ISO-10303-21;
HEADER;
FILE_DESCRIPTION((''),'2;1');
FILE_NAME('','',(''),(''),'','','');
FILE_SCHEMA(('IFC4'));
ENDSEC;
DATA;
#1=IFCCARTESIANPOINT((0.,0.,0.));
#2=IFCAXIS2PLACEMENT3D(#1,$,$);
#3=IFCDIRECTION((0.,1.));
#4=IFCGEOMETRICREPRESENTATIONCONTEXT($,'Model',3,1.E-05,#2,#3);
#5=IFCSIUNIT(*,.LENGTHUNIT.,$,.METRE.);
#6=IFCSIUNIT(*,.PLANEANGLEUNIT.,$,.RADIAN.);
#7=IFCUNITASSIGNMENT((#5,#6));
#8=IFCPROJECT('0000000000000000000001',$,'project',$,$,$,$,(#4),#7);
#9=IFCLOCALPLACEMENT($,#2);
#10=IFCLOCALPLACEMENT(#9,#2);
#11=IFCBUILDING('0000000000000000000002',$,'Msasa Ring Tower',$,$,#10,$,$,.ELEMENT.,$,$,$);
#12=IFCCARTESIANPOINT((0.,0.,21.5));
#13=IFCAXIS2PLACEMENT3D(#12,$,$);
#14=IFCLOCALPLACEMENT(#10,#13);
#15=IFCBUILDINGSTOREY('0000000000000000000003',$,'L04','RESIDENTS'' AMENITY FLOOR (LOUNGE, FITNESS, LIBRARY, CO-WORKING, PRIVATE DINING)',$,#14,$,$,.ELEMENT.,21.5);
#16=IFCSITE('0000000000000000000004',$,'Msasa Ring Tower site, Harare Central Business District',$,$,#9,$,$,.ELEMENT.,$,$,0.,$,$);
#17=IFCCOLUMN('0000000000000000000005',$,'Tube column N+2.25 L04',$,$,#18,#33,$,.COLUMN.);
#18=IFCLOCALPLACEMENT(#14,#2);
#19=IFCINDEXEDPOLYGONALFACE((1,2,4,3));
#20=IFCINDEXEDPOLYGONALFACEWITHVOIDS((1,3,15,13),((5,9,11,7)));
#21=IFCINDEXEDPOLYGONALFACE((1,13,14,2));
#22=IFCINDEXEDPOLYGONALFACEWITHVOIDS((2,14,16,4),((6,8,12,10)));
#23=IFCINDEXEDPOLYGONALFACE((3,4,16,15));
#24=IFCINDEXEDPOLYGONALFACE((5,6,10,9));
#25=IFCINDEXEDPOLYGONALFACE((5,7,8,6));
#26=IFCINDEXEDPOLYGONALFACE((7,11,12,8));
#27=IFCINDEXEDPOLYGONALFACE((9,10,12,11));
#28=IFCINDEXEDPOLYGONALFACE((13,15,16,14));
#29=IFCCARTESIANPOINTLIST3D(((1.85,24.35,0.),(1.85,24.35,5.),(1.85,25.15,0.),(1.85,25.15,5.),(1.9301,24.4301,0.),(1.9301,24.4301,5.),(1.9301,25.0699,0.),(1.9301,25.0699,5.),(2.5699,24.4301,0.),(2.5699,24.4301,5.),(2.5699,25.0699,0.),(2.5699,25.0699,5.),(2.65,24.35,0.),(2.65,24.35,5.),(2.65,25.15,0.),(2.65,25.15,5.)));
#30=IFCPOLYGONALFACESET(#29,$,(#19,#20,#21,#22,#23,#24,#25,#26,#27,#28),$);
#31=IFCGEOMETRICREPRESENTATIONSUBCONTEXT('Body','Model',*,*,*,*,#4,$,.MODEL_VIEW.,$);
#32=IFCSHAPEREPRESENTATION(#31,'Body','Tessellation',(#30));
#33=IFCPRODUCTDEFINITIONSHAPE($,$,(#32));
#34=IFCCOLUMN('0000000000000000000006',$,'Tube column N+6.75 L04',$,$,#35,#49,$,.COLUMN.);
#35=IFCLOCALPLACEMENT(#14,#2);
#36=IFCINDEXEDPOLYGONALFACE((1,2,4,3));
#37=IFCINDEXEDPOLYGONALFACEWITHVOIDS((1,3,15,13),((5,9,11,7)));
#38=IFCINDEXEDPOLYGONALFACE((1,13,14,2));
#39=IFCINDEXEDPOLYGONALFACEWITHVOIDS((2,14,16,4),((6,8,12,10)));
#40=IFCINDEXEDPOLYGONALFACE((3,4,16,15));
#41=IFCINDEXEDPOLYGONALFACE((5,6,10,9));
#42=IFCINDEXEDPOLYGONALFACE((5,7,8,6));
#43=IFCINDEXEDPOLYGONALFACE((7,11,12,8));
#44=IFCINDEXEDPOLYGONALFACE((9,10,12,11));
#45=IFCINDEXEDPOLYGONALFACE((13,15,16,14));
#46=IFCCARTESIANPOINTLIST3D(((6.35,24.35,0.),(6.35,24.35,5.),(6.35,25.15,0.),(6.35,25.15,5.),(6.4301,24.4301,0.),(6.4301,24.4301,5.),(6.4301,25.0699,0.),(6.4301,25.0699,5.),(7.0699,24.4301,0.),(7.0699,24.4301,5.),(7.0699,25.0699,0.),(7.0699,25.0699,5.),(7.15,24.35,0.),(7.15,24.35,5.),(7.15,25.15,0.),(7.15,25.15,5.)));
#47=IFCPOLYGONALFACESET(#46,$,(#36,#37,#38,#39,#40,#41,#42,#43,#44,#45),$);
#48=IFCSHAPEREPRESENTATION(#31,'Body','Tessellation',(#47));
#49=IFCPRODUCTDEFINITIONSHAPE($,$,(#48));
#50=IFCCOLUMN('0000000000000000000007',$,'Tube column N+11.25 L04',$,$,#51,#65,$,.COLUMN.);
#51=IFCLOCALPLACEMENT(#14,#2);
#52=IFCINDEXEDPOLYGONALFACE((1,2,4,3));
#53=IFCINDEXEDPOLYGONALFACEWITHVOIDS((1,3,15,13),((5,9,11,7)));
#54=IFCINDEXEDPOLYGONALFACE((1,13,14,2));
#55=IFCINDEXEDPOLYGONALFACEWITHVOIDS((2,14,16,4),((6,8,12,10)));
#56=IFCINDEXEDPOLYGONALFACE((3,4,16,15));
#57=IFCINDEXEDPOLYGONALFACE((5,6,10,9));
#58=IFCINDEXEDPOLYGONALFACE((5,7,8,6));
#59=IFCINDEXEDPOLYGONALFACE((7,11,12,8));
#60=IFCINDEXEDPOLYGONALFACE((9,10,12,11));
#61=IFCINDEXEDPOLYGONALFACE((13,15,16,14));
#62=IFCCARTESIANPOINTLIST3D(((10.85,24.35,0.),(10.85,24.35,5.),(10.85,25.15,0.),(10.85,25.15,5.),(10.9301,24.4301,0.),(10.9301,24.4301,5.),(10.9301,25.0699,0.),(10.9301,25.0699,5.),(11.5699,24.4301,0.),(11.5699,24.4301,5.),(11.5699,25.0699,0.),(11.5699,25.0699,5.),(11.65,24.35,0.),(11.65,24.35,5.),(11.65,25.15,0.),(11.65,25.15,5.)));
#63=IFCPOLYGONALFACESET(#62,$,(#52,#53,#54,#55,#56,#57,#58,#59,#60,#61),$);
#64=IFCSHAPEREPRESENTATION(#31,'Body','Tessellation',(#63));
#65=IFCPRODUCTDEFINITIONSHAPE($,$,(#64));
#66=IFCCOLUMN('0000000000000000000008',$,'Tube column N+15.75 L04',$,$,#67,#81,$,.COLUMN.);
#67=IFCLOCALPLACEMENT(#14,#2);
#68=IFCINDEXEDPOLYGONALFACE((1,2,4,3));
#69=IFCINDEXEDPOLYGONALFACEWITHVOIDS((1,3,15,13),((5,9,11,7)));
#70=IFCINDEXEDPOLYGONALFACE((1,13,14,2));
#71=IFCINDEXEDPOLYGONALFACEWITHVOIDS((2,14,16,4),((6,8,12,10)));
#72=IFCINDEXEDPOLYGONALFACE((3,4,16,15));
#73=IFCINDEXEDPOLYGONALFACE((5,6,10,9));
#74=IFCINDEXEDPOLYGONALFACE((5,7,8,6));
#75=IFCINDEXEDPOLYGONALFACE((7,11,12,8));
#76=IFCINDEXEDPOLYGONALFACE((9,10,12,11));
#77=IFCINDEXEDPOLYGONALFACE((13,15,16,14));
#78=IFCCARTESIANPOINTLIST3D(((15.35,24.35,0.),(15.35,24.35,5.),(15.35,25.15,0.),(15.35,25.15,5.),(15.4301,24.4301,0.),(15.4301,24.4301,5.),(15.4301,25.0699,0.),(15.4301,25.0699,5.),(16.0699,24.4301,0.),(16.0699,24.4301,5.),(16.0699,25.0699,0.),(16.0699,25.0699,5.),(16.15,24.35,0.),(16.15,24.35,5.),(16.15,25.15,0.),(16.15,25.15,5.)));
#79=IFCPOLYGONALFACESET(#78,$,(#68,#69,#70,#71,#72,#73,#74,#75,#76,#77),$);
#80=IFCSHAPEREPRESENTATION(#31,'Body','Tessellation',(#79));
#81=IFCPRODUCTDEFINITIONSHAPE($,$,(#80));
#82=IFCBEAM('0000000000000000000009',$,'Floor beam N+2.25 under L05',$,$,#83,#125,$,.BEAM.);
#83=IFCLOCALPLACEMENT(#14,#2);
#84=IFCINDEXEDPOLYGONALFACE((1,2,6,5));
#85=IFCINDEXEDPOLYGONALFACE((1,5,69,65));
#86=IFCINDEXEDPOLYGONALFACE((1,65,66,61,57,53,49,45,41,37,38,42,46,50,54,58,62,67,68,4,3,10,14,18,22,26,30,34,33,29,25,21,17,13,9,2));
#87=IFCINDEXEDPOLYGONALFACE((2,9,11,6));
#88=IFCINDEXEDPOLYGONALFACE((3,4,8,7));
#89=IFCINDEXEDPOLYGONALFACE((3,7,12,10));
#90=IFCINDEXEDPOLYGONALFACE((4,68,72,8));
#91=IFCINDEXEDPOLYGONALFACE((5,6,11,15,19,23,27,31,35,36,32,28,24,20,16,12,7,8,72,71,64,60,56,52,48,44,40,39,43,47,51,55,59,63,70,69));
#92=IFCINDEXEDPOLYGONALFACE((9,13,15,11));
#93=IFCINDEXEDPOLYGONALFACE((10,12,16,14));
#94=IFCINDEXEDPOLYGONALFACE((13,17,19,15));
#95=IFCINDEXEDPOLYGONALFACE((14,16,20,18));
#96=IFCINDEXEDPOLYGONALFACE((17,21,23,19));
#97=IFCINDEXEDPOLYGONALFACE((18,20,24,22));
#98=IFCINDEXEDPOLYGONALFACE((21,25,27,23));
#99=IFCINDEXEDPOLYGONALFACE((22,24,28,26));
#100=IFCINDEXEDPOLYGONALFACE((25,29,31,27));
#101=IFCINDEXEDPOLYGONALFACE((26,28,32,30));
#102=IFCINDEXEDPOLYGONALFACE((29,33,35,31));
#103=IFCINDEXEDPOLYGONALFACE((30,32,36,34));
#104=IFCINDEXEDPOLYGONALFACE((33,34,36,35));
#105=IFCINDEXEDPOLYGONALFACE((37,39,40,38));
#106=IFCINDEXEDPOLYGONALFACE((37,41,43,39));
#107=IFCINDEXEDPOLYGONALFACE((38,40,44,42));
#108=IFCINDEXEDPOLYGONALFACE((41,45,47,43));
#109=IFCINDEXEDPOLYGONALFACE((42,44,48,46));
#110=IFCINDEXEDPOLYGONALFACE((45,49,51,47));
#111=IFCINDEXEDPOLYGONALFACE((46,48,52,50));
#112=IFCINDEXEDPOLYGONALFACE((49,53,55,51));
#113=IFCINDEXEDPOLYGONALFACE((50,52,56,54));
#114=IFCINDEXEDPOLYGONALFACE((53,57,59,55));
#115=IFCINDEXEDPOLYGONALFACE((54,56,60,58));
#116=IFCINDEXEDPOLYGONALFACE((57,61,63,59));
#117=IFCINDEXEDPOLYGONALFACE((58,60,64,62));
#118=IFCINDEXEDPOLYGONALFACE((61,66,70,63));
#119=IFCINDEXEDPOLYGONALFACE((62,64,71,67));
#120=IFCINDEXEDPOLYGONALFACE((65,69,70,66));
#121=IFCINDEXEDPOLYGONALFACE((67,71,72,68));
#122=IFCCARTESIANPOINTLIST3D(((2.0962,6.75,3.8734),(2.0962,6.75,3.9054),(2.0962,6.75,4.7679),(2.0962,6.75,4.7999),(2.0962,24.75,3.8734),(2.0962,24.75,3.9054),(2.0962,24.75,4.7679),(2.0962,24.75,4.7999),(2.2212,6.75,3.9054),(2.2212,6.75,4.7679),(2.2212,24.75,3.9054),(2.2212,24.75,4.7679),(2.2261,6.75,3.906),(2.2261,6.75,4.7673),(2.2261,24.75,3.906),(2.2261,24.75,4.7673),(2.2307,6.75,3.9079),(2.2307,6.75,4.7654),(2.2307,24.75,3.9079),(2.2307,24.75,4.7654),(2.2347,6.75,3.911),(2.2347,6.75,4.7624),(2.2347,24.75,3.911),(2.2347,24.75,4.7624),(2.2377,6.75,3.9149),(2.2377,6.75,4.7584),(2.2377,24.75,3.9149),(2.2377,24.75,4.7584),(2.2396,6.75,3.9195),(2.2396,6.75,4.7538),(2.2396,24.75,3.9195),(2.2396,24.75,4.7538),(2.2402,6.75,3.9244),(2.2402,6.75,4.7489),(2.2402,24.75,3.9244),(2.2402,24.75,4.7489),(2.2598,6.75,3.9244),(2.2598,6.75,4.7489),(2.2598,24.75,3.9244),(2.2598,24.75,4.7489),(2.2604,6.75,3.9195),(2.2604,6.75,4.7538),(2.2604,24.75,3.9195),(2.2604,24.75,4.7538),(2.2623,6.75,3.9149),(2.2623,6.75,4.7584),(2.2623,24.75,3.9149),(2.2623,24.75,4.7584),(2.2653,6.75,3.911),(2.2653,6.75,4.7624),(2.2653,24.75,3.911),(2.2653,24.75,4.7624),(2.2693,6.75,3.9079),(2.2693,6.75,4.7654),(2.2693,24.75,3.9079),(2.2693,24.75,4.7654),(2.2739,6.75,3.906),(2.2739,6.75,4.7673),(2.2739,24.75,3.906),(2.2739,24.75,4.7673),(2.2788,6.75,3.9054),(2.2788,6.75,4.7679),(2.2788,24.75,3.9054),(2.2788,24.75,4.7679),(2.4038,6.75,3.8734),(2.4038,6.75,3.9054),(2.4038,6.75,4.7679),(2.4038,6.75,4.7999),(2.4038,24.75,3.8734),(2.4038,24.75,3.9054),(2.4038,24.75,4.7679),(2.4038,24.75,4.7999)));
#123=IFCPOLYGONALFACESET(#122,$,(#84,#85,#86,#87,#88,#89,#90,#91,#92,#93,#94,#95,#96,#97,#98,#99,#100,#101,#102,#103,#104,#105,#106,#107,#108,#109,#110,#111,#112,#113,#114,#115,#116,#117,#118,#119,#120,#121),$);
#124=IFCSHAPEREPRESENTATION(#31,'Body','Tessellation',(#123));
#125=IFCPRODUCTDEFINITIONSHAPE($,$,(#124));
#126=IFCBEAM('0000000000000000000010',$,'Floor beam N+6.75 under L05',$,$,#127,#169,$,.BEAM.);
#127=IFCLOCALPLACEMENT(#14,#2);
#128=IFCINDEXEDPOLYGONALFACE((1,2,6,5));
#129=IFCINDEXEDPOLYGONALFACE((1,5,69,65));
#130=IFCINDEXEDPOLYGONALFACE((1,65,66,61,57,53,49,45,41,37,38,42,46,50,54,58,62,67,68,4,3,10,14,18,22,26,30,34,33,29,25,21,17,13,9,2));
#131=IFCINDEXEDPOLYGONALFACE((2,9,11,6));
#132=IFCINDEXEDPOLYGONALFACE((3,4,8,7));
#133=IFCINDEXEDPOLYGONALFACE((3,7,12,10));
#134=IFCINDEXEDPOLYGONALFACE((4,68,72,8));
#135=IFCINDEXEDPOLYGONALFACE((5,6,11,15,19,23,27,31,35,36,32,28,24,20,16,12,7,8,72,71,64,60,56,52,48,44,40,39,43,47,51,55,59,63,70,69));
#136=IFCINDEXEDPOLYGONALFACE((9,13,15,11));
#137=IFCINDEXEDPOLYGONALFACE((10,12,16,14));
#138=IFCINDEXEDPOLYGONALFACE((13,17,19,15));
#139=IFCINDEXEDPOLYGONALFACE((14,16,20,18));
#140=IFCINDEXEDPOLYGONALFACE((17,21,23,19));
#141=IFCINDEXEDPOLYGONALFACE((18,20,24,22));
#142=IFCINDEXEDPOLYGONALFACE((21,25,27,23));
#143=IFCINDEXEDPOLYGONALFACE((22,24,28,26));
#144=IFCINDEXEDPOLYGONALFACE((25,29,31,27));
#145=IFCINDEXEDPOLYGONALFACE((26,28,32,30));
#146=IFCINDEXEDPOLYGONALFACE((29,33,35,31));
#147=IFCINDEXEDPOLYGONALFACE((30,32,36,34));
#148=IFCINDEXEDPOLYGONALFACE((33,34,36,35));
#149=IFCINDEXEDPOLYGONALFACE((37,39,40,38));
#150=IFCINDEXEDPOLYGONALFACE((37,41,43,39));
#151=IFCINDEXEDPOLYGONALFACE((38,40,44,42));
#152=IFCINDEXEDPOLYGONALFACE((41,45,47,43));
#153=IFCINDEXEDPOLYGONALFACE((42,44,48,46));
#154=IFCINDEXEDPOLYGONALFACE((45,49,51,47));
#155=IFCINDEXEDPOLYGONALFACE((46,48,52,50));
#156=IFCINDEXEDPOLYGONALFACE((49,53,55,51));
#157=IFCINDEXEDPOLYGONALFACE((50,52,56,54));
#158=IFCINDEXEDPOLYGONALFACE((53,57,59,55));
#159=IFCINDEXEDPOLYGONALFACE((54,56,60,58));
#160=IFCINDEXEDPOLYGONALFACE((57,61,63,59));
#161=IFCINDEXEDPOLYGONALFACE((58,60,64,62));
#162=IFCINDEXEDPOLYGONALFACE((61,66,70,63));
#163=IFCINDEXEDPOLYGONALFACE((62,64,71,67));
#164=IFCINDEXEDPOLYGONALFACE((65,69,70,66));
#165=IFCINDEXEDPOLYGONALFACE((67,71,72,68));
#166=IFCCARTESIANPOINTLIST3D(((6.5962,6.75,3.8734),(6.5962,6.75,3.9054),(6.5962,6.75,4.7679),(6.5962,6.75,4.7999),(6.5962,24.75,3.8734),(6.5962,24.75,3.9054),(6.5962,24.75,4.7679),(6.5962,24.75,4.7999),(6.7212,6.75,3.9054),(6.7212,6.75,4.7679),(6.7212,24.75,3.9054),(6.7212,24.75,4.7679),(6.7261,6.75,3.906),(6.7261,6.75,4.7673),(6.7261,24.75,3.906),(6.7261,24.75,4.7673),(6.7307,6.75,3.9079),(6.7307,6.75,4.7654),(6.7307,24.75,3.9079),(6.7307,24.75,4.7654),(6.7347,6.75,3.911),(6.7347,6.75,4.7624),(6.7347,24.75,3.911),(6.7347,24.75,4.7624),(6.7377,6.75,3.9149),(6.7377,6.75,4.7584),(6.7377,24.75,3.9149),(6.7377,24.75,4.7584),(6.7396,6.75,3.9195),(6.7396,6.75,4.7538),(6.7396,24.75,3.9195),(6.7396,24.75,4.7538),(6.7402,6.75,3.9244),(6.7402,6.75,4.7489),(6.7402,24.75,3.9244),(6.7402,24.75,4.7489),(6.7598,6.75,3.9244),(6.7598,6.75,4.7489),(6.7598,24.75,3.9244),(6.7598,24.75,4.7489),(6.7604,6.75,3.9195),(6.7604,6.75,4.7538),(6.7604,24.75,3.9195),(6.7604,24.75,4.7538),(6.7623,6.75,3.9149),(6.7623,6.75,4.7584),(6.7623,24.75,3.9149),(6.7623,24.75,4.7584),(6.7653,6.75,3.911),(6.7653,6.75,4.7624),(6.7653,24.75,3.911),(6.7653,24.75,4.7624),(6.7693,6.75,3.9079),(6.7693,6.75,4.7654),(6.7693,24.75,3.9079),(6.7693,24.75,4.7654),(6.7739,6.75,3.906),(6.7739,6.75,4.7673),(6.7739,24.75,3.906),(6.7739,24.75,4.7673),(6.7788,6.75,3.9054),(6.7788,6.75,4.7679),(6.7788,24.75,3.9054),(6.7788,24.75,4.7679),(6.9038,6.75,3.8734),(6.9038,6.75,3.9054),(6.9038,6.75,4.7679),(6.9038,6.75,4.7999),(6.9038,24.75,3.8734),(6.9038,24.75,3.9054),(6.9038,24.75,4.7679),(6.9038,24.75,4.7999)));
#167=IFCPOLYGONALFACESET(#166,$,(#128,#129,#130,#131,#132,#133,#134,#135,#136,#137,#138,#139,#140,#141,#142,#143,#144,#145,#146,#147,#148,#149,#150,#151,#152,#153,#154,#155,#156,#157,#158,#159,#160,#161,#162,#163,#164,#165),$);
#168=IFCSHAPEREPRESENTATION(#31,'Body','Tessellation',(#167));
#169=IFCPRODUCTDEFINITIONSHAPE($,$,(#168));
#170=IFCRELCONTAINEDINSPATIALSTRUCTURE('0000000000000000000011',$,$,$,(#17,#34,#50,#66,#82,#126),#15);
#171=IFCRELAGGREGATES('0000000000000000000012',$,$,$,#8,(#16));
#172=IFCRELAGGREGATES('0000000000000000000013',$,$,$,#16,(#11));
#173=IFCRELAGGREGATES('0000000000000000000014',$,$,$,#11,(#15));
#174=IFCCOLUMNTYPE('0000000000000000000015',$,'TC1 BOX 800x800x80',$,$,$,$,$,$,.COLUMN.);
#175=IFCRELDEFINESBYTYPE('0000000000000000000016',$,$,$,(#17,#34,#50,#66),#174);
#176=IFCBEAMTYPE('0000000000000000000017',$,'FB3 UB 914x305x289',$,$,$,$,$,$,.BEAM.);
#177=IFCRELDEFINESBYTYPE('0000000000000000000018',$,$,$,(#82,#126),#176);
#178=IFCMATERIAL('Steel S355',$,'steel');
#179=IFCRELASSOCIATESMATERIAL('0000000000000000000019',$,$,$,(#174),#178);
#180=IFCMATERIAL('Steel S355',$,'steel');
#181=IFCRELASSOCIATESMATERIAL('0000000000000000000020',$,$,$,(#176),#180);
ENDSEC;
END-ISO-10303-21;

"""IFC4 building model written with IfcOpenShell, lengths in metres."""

from ifc_helpers import new_model, si_unit, direction, frame, origin, origin_2d, place, context, subcontext, project, spatial, hollow_rectangle, i_section, extrude, material, material_profile, profile_set, type_object, element, save


model = new_model("IFC4")

# Units and contexts
model_context = context("Model", 3, precision=1e-05, world=origin(), true_north=direction((0.0, 1.0)))
body_context = subcontext(model_context, "Body", "Model", "MODEL_VIEW")
ifc_project = project(units=[si_unit("LENGTHUNIT", "METRE"), si_unit("PLANEANGLEUNIT", "RADIAN")], contexts=[model_context])

# Site, building, storey
site_placement = place(None, origin())
site = spatial("IfcSite", under=ifc_project, at=site_placement, Name="Msasa Ring Tower site, Harare Central Business District", CompositionType="ELEMENT", RefElevation=0.0)
building_placement = place(site_placement, origin())
building = spatial("IfcBuilding", under=site, at=building_placement, Name="Msasa Ring Tower", CompositionType="ELEMENT")
storey_placement = place(building_placement, frame((0.0, 0.0, 21.5)))
storey = spatial("IfcBuildingStorey", under=building, at=storey_placement, Name="L04", Description="RESIDENTS' AMENITY FLOOR (LOUNGE, FITNESS, LIBRARY, CO-WORKING, PRIVATE DINING)", CompositionType="ELEMENT", Elevation=21.5)

# Columns
ifc_material_1 = material(Name="Steel S355", Category="steel")
ifc_material_profile_1 = material_profile(ifc_material_1, hollow_rectangle(XDim=0.8, YDim=0.8, WallThickness=0.0801, at=origin_2d()), Name="BOX 800x800x80")
ifc_profile_set_1 = profile_set([ifc_material_profile_1], Name="Steel S355")
column_type = type_object("IfcColumnType", Name="TC1 BOX 800x800x80", PredefinedType="COLUMN", material=ifc_profile_set_1)
for number, where, z_axis, x_axis, name in (
    (1, (2.25, 24.75, 0.0), (0.0, 0.0, 1.0), (0.0, 1.0, 0.0), "Tube column N+2.25 L04"),
    (2, (6.75, 24.75, 0.0), (0.0, 0.0, 1.0), (0.0, 1.0, 0.0), "Tube column N+6.75 L04"),
    (3, (11.25, 24.75, 0.0), (0.0, 0.0, 1.0), (0.0, 1.0, 0.0), "Tube column N+11.25 L04"),
    (4, (15.75, 24.75, 0.0), (0.0, 0.0, 1.0), (0.0, 1.0, 0.0), "Tube column N+15.75 L04"),
):
    element("IfcColumn", number, at=place(storey_placement, frame(where, z_axis=z_axis, x_axis=x_axis)), inside=storey, type_object=column_type, Name=name, PredefinedType="COLUMN", context=body_context, shape_type="SweptSolid", body=[
        extrude(hollow_rectangle(XDim=0.8, YDim=0.8, WallThickness=0.0801, at=origin_2d()), origin(), (0.0, 0.0, 1.0), 5.0),
    ])

# Beams
ifc_material_2 = material(Name="Steel S355", Category="steel")
ifc_material_profile_2 = material_profile(ifc_material_2, i_section(OverallWidth=0.3076, OverallDepth=0.9265, WebThickness=0.0195, FlangeThickness=0.032, FilletRadius=0.019, at=origin_2d()), Name="UB 914x305x289")
ifc_profile_set_2 = profile_set([ifc_material_profile_2], Name="Steel S355")
beam_type_1 = type_object("IfcBeamType", Name="FB3 UB 914x305x289", PredefinedType="BEAM", material=ifc_profile_set_2)
for number, where, z_axis, x_axis, name in (
    (5, (2.25, 24.75, 4.3367), (0.0, -1.0, 0.0), (1.0, 0.0, 0.0), "Floor beam N+2.25 under L05"),
    (6, (6.75, 24.75, 4.3367), (0.0, -1.0, 0.0), (1.0, 0.0, 0.0), "Floor beam N+6.75 under L05"),
):
    element("IfcBeam", number, at=place(storey_placement, frame(where, z_axis=z_axis, x_axis=x_axis)), inside=storey, type_object=beam_type_1, Name=name, PredefinedType="BEAM", context=body_context, shape_type="SweptSolid", body=[
        extrude(i_section(OverallWidth=0.3076, OverallDepth=0.9265, WebThickness=0.0195, FlangeThickness=0.032, FilletRadius=0.019, at=origin_2d()), origin(), (0.0, 0.0, 1.0), 18.0),
    ])

save(model, "model.ifc")
